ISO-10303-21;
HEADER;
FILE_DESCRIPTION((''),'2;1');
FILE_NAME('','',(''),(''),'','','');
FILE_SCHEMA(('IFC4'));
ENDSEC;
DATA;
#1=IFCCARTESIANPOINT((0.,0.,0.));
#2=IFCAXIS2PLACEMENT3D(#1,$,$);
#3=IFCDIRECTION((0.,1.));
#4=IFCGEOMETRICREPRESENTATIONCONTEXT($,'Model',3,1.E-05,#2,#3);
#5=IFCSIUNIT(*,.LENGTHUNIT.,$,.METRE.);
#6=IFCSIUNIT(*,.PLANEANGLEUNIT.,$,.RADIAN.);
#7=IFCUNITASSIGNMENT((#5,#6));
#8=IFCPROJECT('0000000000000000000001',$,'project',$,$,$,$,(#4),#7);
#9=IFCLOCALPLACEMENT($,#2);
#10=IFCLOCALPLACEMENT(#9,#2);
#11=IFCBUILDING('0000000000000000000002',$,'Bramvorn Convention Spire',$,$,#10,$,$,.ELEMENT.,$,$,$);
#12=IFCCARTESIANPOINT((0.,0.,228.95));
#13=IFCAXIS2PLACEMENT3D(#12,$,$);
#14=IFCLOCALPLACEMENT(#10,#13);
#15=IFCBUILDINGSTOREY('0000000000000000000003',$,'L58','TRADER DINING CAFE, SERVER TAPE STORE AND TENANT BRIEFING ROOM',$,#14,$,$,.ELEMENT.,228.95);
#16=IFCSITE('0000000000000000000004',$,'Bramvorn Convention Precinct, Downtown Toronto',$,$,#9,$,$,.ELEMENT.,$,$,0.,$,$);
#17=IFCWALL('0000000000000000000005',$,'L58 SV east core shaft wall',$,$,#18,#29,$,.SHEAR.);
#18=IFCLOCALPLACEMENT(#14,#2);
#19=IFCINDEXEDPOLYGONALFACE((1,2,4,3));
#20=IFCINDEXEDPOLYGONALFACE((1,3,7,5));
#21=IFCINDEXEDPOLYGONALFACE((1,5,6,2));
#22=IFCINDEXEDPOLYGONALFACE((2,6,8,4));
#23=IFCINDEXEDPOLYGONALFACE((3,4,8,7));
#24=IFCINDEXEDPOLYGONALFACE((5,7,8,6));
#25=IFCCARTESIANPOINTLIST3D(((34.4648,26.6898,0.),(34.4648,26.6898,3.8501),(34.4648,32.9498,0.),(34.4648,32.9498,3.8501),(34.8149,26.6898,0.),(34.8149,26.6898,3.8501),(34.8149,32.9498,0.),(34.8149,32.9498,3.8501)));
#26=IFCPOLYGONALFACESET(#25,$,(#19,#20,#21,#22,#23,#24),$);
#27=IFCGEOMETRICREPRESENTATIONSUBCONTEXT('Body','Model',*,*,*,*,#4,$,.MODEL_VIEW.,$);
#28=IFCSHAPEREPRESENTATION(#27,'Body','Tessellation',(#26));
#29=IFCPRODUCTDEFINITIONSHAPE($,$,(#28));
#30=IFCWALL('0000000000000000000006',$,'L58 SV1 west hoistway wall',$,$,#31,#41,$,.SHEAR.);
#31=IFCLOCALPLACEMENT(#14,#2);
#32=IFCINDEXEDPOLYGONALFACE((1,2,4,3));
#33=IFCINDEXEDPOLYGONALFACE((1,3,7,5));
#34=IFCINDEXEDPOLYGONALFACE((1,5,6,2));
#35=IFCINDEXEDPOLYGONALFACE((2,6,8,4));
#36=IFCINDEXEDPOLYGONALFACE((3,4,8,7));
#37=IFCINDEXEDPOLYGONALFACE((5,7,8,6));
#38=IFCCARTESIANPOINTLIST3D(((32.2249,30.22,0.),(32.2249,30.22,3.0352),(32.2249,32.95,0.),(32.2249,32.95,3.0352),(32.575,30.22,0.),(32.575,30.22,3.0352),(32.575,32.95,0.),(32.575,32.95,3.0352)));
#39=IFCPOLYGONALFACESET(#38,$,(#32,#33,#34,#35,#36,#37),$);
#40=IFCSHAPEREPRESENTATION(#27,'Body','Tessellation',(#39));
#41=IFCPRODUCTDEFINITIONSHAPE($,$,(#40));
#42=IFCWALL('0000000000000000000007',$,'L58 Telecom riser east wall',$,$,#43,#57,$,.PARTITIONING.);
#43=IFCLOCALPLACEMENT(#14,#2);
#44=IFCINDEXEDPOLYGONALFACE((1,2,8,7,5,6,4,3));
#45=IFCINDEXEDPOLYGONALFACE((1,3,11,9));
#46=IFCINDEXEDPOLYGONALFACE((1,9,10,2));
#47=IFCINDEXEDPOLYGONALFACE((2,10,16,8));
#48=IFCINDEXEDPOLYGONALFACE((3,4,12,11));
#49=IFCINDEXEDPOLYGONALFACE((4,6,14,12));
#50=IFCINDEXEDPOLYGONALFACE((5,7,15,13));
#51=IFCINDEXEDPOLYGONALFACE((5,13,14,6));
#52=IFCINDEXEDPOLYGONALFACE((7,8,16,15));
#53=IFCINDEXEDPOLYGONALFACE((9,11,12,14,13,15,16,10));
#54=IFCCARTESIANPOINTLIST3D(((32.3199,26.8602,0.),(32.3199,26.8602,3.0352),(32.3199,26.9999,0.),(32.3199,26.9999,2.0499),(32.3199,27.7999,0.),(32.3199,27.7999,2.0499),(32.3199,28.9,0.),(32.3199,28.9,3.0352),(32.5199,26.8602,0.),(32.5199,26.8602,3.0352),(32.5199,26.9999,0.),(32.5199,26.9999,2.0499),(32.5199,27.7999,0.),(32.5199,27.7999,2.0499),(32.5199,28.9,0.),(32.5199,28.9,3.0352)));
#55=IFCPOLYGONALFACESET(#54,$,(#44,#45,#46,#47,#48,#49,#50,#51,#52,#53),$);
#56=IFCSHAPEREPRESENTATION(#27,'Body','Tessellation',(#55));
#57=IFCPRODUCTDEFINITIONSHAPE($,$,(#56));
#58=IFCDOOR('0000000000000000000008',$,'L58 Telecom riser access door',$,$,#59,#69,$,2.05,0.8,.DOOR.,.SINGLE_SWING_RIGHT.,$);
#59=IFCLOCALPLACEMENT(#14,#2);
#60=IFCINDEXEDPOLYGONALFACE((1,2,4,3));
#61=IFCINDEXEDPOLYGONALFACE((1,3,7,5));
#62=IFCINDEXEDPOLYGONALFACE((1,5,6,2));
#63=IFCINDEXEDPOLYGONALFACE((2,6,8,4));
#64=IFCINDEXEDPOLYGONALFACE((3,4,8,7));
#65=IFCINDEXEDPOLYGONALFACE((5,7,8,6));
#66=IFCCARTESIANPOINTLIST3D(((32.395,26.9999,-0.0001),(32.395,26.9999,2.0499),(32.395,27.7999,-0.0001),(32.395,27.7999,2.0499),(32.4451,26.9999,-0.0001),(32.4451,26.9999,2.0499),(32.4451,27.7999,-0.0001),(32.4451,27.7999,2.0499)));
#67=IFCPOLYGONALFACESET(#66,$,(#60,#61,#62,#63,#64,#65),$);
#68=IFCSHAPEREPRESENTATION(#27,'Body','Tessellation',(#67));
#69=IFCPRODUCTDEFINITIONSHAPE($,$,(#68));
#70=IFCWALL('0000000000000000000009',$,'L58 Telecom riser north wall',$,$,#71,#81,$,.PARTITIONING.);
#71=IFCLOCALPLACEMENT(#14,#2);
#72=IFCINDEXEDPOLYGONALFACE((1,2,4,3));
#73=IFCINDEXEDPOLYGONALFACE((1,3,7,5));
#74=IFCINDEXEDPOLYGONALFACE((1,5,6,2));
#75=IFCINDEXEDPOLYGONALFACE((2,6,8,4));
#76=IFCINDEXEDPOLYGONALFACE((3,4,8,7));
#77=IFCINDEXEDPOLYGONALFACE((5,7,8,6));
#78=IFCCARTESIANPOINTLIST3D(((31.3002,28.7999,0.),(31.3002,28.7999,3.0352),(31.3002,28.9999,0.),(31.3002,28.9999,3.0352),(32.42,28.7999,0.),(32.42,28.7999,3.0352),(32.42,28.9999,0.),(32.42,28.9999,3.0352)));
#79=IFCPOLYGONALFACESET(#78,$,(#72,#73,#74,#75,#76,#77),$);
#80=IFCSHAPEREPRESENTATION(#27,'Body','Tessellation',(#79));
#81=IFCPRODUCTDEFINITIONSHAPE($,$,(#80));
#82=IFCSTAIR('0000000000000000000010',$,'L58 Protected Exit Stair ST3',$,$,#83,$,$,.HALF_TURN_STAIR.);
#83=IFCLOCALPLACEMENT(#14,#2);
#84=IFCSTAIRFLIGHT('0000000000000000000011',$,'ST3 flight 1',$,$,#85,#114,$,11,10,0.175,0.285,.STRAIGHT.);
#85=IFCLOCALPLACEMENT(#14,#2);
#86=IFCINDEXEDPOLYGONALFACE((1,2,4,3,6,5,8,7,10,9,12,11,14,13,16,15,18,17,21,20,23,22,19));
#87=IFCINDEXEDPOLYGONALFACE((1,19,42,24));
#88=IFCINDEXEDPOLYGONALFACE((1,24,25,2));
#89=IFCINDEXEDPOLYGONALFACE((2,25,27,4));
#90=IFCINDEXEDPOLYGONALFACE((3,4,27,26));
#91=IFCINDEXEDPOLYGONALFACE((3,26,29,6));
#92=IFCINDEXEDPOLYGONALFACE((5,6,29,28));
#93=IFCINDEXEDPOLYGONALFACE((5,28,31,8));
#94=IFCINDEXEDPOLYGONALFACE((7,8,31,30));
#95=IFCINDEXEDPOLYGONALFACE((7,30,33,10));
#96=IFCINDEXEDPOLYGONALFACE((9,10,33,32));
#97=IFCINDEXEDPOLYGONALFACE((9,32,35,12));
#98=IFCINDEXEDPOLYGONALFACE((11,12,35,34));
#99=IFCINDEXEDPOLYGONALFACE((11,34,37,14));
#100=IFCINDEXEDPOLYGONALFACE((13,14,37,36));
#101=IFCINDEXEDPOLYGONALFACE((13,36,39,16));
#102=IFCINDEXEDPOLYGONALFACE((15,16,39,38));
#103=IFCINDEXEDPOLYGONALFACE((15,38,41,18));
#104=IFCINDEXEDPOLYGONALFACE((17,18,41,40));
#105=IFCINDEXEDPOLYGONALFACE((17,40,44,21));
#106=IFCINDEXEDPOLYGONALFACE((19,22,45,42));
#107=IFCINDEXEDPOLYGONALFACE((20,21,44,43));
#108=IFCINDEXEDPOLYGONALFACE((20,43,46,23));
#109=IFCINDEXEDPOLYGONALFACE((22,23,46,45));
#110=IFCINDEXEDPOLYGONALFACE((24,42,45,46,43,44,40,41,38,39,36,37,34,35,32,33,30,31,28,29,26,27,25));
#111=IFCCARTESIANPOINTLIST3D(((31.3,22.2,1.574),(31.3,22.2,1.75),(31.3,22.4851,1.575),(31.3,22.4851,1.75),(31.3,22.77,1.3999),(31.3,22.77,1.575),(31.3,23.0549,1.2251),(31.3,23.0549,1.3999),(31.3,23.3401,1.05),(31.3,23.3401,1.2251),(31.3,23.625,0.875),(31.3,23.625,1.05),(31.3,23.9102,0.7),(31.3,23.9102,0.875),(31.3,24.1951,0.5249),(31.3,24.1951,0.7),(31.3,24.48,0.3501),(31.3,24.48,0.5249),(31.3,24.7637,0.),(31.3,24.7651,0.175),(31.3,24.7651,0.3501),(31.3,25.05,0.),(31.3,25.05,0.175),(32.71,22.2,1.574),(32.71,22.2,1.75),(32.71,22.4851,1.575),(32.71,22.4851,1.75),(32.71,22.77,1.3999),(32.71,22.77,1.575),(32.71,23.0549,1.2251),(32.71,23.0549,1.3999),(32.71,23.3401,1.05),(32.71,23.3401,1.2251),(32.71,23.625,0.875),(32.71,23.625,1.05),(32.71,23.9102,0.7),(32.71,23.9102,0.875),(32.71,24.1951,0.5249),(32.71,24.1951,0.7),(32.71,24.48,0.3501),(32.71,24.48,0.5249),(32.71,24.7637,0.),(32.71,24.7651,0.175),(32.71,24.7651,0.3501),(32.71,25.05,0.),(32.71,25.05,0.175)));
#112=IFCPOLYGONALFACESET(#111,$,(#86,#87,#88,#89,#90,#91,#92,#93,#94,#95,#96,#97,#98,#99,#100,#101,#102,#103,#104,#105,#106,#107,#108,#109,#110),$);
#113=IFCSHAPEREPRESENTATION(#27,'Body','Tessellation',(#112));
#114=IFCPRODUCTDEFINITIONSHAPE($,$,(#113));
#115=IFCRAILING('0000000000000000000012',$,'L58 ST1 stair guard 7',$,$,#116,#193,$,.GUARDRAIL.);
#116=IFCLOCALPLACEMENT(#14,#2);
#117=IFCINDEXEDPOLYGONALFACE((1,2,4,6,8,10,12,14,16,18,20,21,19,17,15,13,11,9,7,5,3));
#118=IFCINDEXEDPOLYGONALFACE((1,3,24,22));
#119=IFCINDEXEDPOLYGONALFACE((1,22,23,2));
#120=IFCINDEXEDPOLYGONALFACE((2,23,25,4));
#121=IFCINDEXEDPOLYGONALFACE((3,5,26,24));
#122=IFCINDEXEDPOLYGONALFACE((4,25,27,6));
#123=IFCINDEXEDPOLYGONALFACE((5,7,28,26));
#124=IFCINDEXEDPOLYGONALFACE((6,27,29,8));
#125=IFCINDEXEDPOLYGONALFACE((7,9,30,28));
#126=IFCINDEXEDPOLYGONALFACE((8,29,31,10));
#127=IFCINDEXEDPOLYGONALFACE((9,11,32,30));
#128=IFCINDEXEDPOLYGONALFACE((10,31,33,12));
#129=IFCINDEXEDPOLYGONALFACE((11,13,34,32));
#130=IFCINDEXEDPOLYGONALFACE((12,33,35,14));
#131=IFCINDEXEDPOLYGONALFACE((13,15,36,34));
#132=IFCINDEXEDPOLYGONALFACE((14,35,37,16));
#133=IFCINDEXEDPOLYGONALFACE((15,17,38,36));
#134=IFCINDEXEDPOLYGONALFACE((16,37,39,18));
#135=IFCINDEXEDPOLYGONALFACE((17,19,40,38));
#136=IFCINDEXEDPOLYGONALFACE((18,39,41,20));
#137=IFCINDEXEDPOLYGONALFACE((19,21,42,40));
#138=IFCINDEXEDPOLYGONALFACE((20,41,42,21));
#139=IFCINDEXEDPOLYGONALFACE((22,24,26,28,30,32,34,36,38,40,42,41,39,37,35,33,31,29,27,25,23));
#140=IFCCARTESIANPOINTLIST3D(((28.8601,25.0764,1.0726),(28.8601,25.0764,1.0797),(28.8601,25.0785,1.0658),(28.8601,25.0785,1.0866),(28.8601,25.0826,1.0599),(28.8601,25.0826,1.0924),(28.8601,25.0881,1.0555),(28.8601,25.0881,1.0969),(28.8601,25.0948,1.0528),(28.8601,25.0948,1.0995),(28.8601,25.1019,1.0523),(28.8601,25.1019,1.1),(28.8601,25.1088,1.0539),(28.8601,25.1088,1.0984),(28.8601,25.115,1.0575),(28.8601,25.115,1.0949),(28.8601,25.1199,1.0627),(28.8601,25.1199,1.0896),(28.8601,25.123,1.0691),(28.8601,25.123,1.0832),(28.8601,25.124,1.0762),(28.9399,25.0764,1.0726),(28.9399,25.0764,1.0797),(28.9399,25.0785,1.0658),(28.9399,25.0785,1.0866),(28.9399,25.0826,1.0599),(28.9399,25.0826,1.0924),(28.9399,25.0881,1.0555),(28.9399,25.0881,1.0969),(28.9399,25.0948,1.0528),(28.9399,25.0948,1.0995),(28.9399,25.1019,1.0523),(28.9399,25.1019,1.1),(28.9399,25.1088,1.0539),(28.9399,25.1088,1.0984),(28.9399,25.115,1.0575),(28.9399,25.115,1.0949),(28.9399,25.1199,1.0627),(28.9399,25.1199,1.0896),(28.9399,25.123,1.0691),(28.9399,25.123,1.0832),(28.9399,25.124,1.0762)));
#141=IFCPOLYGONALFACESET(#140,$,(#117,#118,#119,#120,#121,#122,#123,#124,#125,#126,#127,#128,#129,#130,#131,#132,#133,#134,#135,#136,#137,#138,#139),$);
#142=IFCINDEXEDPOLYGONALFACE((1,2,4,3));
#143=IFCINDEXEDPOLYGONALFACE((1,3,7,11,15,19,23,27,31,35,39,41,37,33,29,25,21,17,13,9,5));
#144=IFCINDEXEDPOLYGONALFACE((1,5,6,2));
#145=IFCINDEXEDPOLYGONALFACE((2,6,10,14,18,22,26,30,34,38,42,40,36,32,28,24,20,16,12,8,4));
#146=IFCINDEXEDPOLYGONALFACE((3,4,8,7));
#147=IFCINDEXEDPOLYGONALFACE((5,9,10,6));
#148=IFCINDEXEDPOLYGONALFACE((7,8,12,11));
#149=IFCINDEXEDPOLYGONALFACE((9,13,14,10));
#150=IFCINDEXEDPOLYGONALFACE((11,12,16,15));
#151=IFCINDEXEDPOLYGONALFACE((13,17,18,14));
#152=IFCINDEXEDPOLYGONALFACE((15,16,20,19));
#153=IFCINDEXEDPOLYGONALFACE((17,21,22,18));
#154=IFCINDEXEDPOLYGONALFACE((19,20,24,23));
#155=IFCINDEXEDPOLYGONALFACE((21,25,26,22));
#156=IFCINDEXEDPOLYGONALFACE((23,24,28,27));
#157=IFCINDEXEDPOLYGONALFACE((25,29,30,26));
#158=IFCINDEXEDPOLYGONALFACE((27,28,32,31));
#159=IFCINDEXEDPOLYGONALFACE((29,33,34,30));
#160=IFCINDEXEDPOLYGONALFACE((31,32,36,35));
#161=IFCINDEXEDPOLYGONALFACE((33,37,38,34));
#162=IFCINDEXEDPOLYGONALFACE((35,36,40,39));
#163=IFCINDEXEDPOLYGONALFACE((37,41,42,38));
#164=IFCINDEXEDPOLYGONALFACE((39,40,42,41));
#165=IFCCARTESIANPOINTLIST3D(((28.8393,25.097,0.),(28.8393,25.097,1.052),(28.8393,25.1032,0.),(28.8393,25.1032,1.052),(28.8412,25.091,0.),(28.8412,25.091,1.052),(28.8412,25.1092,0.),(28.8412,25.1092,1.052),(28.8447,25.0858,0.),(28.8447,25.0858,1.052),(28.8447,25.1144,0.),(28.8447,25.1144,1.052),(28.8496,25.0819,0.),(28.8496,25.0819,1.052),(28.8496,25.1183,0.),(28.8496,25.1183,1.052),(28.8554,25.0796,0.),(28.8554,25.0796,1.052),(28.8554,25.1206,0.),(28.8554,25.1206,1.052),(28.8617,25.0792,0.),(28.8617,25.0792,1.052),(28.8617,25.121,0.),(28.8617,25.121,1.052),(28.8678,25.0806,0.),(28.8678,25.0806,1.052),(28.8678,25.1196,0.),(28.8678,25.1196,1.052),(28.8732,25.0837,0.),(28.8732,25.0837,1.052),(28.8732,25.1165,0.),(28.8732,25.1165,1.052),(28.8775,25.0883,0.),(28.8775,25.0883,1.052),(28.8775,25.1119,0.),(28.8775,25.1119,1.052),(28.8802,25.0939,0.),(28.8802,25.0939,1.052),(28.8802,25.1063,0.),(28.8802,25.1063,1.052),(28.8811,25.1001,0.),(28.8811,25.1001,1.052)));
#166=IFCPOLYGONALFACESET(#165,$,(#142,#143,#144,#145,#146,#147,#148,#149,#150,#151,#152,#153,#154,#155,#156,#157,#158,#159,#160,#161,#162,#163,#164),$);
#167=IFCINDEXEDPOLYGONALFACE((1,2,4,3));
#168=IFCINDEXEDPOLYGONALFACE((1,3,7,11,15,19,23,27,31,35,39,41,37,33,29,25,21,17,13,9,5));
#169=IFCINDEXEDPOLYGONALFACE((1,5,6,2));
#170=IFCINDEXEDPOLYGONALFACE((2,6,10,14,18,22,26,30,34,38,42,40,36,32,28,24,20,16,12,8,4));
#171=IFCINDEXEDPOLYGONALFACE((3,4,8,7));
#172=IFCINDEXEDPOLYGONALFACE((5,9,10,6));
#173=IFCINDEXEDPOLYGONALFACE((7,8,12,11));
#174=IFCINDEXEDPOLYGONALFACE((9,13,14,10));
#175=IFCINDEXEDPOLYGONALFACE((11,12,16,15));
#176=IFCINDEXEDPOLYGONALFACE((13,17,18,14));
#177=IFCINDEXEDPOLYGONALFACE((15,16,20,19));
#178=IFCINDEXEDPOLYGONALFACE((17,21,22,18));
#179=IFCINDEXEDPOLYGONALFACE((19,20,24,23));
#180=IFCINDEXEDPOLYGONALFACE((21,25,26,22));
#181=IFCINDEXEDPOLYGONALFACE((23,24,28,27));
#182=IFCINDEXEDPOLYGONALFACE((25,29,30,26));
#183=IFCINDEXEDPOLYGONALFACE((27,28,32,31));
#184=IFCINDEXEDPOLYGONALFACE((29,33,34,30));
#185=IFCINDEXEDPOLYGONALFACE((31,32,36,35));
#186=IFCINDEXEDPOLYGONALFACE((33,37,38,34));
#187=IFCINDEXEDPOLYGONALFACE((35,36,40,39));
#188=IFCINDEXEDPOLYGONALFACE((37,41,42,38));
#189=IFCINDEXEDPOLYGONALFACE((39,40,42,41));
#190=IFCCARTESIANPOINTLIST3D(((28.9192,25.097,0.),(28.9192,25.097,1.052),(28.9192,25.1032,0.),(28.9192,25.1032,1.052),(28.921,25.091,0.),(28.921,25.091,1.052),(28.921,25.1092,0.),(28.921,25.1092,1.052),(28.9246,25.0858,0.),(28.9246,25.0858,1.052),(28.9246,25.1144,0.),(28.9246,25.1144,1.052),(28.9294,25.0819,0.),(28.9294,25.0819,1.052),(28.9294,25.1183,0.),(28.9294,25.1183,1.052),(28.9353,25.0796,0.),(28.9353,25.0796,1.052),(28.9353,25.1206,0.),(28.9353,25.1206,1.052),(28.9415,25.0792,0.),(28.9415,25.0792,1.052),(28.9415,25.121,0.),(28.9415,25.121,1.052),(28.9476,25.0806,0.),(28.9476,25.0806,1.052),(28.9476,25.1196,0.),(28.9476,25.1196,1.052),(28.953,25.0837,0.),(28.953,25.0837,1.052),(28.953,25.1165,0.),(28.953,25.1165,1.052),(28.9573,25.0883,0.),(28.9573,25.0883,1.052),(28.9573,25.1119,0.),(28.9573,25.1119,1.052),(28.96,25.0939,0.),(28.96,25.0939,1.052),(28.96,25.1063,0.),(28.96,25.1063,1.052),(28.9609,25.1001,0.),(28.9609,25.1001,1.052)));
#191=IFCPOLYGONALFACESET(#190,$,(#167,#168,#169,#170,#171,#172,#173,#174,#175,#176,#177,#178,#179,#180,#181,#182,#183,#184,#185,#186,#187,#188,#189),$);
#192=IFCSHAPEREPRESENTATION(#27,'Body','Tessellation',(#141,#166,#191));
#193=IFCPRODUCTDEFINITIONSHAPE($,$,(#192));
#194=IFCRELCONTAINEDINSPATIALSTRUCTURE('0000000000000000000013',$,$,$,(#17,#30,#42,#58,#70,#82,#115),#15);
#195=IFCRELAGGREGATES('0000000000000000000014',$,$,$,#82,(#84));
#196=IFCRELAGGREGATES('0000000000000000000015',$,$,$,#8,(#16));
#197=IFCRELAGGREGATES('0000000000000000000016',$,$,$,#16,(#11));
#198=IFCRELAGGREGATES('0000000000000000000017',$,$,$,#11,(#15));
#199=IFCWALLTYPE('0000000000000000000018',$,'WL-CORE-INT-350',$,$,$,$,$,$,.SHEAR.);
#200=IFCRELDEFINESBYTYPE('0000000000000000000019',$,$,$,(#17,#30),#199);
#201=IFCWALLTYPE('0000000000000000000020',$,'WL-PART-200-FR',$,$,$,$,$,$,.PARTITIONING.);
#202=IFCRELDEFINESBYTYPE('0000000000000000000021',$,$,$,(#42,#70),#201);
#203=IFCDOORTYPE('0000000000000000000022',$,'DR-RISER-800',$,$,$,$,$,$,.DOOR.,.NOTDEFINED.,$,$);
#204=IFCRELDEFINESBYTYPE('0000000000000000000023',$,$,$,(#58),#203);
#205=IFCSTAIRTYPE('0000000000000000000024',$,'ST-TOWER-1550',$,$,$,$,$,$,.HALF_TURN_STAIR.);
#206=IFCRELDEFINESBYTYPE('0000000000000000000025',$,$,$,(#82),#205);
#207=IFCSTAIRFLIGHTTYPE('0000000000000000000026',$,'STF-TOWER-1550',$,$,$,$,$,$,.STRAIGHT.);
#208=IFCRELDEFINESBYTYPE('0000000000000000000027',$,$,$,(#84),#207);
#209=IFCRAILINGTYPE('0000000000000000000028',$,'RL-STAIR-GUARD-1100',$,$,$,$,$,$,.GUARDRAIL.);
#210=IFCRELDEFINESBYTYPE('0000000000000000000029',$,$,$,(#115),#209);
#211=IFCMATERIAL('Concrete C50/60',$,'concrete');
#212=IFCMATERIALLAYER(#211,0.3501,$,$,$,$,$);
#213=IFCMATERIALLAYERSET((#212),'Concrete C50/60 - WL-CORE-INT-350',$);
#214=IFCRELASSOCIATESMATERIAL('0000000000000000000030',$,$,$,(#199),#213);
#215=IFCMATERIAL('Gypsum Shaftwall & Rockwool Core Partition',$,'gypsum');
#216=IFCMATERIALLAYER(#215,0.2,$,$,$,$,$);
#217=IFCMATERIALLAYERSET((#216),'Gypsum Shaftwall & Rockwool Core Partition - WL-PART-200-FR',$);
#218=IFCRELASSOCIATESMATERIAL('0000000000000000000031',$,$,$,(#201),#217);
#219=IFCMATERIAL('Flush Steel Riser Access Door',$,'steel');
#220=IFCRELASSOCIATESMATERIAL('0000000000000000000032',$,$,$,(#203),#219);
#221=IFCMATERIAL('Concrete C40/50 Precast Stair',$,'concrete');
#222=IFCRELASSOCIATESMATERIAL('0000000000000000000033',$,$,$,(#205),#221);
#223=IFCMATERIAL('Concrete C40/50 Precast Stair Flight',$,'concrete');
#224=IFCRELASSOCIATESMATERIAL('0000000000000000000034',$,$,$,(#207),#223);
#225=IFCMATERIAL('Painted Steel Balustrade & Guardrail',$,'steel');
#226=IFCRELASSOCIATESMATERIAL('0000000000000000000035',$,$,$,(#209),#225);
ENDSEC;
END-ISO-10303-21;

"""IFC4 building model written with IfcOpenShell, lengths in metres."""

from ifc_helpers import new_model, si_unit, direction, frame, frame_2d, origin, origin_2d, place, context, subcontext, project, spatial, polyline, rectangle, circle, outline, extrude, material, layer, layer_set, type_object, element, fill, aggregate, save


model = new_model("IFC4")

# Units and contexts
model_context = context("Model", 3, precision=1e-05, world=origin(), true_north=direction((0.0, 1.0)))
body_context = subcontext(model_context, "Body", "Model", "MODEL_VIEW")
ifc_project = project(units=[si_unit("LENGTHUNIT", "METRE"), si_unit("PLANEANGLEUNIT", "RADIAN")], contexts=[model_context])

# Site, building, storey
site_placement = place(None, origin())
site = spatial("IfcSite", under=ifc_project, at=site_placement, Name="Bramvorn Convention Precinct, Downtown Toronto", CompositionType="ELEMENT", RefElevation=0.0)
building_placement = place(site_placement, origin())
building = spatial("IfcBuilding", under=site, at=building_placement, Name="Bramvorn Convention Spire", CompositionType="ELEMENT")
storey_placement = place(building_placement, frame((0.0, 0.0, 228.95)))
storey = spatial("IfcBuildingStorey", under=building, at=storey_placement, Name="L58", Description="TRADER DINING CAFE, SERVER TAPE STORE AND TENANT BRIEFING ROOM", CompositionType="ELEMENT", Elevation=228.95)

# Wall
ifc_material_1 = material(Name="Concrete C50/60", Category="concrete")
ifc_layer_1 = layer(ifc_material_1, 0.3501)
ifc_layer_set_1 = layer_set([ifc_layer_1], Name="Concrete C50/60 - WL-CORE-INT-350")
wall_type_1 = type_object("IfcWallType", Name="WL-CORE-INT-350", PredefinedType="SHEAR", material=ifc_layer_set_1)
wall_1_placement = place(storey_placement, frame((34.6399, 26.6899, 0.0), z_axis=(0.0, 0.0, 1.0), x_axis=(0.0, 1.0, 0.0)))
element("IfcWall", 1, at=wall_1_placement, inside=storey, type_object=wall_type_1, Name="L58 SV east core shaft wall", PredefinedType="SHEAR", context=body_context, shape_type="SweptSolid", body=[
    extrude(rectangle(XDim=6.26, YDim=0.3501, at=frame_2d((3.1299, 0.0))), origin(), (0.0, 0.0, 1.0), 3.8501),
])

# Wall
wall_2_placement = place(storey_placement, frame((32.3999, 30.22, 0.0), z_axis=(0.0, 0.0, 1.0), x_axis=(0.0, 1.0, 0.0)))
element("IfcWall", 2, at=wall_2_placement, inside=storey, type_object=wall_type_1, Name="L58 SV1 west hoistway wall", PredefinedType="SHEAR", context=body_context, shape_type="SweptSolid", body=[
    extrude(rectangle(XDim=2.73, YDim=0.3501, at=frame_2d((1.365, 0.0))), origin(), (0.0, 0.0, 1.0), 3.0352),
])

# Wall, opening, door
ifc_material_2 = material(Name="Gypsum Shaftwall & Rockwool Core Partition", Category="gypsum")
ifc_layer_2 = layer(ifc_material_2, 0.2)
ifc_layer_set_2 = layer_set([ifc_layer_2], Name="Gypsum Shaftwall & Rockwool Core Partition - WL-PART-200-FR")
wall_type_2 = type_object("IfcWallType", Name="WL-PART-200-FR", PredefinedType="PARTITIONING", material=ifc_layer_set_2)
wall_3_placement = place(storey_placement, frame((32.4199, 26.8601, 0.0), z_axis=(0.0, 0.0, 1.0), x_axis=(0.0, 1.0, 0.0)))
wall_3 = element("IfcWall", 3, at=wall_3_placement, inside=storey, type_object=wall_type_2, Name="L58 Telecom riser east wall", PredefinedType="PARTITIONING", context=body_context, shape_type="SweptSolid", body=[
    extrude(rectangle(XDim=2.0398, YDim=0.2, at=frame_2d((1.02, 0.0))), origin(), (0.0, 0.0, 1.0), 3.0352),
])
opening_1_placement = place(wall_3_placement, frame((0.1399, 0.0, 0.0)))
opening_1 = element("IfcOpeningElement", 4, at=opening_1_placement, cuts=wall_3, PredefinedType="OPENING", context=body_context, shape_type="SweptSolid", body=[
    extrude(rectangle(XDim=0.8, YDim=2.05, at=frame_2d((0.3999, 1.0249))), frame((0.0, 0.1099, 0.0), z_axis=(0.0, -1.0, 0.0), x_axis=(1.0, 0.0, 0.0)), (0.0, 0.0, 1.0), 0.22),
])
ifc_material_3 = material(Name="Flush Steel Riser Access Door", Category="steel")
door_type_1 = type_object("IfcDoorType", Name="DR-RISER-800", OperationType="NOTDEFINED", PredefinedType="DOOR", material=ifc_material_3)
door_1_placement = place(opening_1_placement, origin())
door_1 = element("IfcDoor", 5, at=door_1_placement, inside=storey, type_object=door_type_1, Name="L58 Telecom riser access door", OperationType="SINGLE_SWING_RIGHT", OverallHeight=2.05, OverallWidth=0.8, PredefinedType="DOOR", context=body_context, shape_type="SweptSolid", body=[
    extrude(rectangle(XDim=0.8, YDim=2.05, at=frame_2d((0.3999, 1.0249))), frame((0.0, 0.0249, 0.0), z_axis=(0.0, -1.0, 0.0), x_axis=(1.0, 0.0, 0.0)), (0.0, 0.0, 1.0), 0.05),
])
fill(opening_1, door_1)

# Wall
wall_4_placement = place(storey_placement, frame((31.3, 28.8999, 0.0), z_axis=(0.0, 0.0, 1.0), x_axis=(1.0, 0.0, 0.0)))
element("IfcWall", 6, at=wall_4_placement, inside=storey, type_object=wall_type_2, Name="L58 Telecom riser north wall", PredefinedType="PARTITIONING", context=body_context, shape_type="SweptSolid", body=[
    extrude(rectangle(XDim=1.1199, YDim=0.2, at=frame_2d((0.5601, 0.0))), origin(), (0.0, 0.0, 1.0), 3.0352),
])

# Stair, stair flight
ifc_material_4 = material(Name="Concrete C40/50 Precast Stair", Category="concrete")
stair_type = type_object("IfcStairType", Name="ST-TOWER-1550", PredefinedType="HALF_TURN_STAIR", material=ifc_material_4)
stair_placement = place(storey_placement, origin())
stair = element("IfcStair", 7, at=stair_placement, inside=storey, type_object=stair_type, Name="L58 Protected Exit Stair ST3", PredefinedType="HALF_TURN_STAIR")
ifc_material_5 = material(Name="Concrete C40/50 Precast Stair Flight", Category="concrete")
stair_flight_type = type_object("IfcStairFlightType", Name="STF-TOWER-1550", PredefinedType="STRAIGHT", material=ifc_material_5)
stair_flight_placement = place(storey_placement, frame((32.0049, 25.05, 0.0), z_axis=(0.0, 0.0, 1.0), x_axis=(0.0, -1.0, 0.0)))
stair_flight = element("IfcStairFlight", 8, at=stair_flight_placement, type_object=stair_flight_type, Name="ST3 flight 1", NumberOfRisers=11, NumberOfTreads=10, PredefinedType="STRAIGHT", RiserHeight=0.175, TreadLength=0.285, context=body_context, shape_type="SweptSolid", body=[
    extrude(outline(polyline([(0.0, 0.0), (0.0, 0.175), (0.2849, 0.175), (0.2849, 0.3501), (0.5701, 0.3501), (0.5701, 0.5249), (0.855, 0.5249), (0.855, 0.7), (1.1399, 0.7), (1.1399, 0.875), (1.425, 0.875), (1.425, 1.05), (1.71, 1.05), (1.71, 1.2251), (1.9951, 1.2251), (1.9951, 1.3999), (2.28, 1.3999), (2.28, 1.575), (2.5649, 1.575), (2.5649, 1.75), (2.8501, 1.75), (2.8501, 1.925), (2.8501, 1.574), (0.2864, 0.0), (0.0, 0.0)])), frame((0.0, 0.7051, 0.0), z_axis=(0.0, -1.0, 0.0), x_axis=(1.0, 0.0, 0.0)), (0.0, 0.0, 1.0), 1.4099),
])
aggregate(stair, [stair_flight])

# Railing
ifc_material_6 = material(Name="Painted Steel Balustrade & Guardrail", Category="steel")
railing_type = type_object("IfcRailingType", Name="RL-STAIR-GUARD-1100", PredefinedType="GUARDRAIL", material=ifc_material_6)
railing_1_placement = place(storey_placement, frame((28.8601, 25.1001, 0.0)))
element("IfcRailing", 9, at=railing_1_placement, inside=storey, type_object=railing_type, Name="L58 ST1 stair guard 7", PredefinedType="GUARDRAIL", context=body_context, shape_type="SweptSolid", body=[
    extrude(circle(Radius=0.0239, at=origin_2d()), frame((0.0, 0.0, 1.0762), z_axis=(1.0, 0.0, 0.0), x_axis=(0.0, 1.0, 0.0)), (0.0, 0.0, 1.0), 0.0798),
    extrude(circle(Radius=0.021, at=origin_2d()), origin(), (0.0, 0.0, 1.0), 1.052),
    extrude(circle(Radius=0.021, at=origin_2d()), frame((0.0798, 0.0, 0.0)), (0.0, 0.0, 1.0), 1.052),
])

save(model, "model.ifc")
